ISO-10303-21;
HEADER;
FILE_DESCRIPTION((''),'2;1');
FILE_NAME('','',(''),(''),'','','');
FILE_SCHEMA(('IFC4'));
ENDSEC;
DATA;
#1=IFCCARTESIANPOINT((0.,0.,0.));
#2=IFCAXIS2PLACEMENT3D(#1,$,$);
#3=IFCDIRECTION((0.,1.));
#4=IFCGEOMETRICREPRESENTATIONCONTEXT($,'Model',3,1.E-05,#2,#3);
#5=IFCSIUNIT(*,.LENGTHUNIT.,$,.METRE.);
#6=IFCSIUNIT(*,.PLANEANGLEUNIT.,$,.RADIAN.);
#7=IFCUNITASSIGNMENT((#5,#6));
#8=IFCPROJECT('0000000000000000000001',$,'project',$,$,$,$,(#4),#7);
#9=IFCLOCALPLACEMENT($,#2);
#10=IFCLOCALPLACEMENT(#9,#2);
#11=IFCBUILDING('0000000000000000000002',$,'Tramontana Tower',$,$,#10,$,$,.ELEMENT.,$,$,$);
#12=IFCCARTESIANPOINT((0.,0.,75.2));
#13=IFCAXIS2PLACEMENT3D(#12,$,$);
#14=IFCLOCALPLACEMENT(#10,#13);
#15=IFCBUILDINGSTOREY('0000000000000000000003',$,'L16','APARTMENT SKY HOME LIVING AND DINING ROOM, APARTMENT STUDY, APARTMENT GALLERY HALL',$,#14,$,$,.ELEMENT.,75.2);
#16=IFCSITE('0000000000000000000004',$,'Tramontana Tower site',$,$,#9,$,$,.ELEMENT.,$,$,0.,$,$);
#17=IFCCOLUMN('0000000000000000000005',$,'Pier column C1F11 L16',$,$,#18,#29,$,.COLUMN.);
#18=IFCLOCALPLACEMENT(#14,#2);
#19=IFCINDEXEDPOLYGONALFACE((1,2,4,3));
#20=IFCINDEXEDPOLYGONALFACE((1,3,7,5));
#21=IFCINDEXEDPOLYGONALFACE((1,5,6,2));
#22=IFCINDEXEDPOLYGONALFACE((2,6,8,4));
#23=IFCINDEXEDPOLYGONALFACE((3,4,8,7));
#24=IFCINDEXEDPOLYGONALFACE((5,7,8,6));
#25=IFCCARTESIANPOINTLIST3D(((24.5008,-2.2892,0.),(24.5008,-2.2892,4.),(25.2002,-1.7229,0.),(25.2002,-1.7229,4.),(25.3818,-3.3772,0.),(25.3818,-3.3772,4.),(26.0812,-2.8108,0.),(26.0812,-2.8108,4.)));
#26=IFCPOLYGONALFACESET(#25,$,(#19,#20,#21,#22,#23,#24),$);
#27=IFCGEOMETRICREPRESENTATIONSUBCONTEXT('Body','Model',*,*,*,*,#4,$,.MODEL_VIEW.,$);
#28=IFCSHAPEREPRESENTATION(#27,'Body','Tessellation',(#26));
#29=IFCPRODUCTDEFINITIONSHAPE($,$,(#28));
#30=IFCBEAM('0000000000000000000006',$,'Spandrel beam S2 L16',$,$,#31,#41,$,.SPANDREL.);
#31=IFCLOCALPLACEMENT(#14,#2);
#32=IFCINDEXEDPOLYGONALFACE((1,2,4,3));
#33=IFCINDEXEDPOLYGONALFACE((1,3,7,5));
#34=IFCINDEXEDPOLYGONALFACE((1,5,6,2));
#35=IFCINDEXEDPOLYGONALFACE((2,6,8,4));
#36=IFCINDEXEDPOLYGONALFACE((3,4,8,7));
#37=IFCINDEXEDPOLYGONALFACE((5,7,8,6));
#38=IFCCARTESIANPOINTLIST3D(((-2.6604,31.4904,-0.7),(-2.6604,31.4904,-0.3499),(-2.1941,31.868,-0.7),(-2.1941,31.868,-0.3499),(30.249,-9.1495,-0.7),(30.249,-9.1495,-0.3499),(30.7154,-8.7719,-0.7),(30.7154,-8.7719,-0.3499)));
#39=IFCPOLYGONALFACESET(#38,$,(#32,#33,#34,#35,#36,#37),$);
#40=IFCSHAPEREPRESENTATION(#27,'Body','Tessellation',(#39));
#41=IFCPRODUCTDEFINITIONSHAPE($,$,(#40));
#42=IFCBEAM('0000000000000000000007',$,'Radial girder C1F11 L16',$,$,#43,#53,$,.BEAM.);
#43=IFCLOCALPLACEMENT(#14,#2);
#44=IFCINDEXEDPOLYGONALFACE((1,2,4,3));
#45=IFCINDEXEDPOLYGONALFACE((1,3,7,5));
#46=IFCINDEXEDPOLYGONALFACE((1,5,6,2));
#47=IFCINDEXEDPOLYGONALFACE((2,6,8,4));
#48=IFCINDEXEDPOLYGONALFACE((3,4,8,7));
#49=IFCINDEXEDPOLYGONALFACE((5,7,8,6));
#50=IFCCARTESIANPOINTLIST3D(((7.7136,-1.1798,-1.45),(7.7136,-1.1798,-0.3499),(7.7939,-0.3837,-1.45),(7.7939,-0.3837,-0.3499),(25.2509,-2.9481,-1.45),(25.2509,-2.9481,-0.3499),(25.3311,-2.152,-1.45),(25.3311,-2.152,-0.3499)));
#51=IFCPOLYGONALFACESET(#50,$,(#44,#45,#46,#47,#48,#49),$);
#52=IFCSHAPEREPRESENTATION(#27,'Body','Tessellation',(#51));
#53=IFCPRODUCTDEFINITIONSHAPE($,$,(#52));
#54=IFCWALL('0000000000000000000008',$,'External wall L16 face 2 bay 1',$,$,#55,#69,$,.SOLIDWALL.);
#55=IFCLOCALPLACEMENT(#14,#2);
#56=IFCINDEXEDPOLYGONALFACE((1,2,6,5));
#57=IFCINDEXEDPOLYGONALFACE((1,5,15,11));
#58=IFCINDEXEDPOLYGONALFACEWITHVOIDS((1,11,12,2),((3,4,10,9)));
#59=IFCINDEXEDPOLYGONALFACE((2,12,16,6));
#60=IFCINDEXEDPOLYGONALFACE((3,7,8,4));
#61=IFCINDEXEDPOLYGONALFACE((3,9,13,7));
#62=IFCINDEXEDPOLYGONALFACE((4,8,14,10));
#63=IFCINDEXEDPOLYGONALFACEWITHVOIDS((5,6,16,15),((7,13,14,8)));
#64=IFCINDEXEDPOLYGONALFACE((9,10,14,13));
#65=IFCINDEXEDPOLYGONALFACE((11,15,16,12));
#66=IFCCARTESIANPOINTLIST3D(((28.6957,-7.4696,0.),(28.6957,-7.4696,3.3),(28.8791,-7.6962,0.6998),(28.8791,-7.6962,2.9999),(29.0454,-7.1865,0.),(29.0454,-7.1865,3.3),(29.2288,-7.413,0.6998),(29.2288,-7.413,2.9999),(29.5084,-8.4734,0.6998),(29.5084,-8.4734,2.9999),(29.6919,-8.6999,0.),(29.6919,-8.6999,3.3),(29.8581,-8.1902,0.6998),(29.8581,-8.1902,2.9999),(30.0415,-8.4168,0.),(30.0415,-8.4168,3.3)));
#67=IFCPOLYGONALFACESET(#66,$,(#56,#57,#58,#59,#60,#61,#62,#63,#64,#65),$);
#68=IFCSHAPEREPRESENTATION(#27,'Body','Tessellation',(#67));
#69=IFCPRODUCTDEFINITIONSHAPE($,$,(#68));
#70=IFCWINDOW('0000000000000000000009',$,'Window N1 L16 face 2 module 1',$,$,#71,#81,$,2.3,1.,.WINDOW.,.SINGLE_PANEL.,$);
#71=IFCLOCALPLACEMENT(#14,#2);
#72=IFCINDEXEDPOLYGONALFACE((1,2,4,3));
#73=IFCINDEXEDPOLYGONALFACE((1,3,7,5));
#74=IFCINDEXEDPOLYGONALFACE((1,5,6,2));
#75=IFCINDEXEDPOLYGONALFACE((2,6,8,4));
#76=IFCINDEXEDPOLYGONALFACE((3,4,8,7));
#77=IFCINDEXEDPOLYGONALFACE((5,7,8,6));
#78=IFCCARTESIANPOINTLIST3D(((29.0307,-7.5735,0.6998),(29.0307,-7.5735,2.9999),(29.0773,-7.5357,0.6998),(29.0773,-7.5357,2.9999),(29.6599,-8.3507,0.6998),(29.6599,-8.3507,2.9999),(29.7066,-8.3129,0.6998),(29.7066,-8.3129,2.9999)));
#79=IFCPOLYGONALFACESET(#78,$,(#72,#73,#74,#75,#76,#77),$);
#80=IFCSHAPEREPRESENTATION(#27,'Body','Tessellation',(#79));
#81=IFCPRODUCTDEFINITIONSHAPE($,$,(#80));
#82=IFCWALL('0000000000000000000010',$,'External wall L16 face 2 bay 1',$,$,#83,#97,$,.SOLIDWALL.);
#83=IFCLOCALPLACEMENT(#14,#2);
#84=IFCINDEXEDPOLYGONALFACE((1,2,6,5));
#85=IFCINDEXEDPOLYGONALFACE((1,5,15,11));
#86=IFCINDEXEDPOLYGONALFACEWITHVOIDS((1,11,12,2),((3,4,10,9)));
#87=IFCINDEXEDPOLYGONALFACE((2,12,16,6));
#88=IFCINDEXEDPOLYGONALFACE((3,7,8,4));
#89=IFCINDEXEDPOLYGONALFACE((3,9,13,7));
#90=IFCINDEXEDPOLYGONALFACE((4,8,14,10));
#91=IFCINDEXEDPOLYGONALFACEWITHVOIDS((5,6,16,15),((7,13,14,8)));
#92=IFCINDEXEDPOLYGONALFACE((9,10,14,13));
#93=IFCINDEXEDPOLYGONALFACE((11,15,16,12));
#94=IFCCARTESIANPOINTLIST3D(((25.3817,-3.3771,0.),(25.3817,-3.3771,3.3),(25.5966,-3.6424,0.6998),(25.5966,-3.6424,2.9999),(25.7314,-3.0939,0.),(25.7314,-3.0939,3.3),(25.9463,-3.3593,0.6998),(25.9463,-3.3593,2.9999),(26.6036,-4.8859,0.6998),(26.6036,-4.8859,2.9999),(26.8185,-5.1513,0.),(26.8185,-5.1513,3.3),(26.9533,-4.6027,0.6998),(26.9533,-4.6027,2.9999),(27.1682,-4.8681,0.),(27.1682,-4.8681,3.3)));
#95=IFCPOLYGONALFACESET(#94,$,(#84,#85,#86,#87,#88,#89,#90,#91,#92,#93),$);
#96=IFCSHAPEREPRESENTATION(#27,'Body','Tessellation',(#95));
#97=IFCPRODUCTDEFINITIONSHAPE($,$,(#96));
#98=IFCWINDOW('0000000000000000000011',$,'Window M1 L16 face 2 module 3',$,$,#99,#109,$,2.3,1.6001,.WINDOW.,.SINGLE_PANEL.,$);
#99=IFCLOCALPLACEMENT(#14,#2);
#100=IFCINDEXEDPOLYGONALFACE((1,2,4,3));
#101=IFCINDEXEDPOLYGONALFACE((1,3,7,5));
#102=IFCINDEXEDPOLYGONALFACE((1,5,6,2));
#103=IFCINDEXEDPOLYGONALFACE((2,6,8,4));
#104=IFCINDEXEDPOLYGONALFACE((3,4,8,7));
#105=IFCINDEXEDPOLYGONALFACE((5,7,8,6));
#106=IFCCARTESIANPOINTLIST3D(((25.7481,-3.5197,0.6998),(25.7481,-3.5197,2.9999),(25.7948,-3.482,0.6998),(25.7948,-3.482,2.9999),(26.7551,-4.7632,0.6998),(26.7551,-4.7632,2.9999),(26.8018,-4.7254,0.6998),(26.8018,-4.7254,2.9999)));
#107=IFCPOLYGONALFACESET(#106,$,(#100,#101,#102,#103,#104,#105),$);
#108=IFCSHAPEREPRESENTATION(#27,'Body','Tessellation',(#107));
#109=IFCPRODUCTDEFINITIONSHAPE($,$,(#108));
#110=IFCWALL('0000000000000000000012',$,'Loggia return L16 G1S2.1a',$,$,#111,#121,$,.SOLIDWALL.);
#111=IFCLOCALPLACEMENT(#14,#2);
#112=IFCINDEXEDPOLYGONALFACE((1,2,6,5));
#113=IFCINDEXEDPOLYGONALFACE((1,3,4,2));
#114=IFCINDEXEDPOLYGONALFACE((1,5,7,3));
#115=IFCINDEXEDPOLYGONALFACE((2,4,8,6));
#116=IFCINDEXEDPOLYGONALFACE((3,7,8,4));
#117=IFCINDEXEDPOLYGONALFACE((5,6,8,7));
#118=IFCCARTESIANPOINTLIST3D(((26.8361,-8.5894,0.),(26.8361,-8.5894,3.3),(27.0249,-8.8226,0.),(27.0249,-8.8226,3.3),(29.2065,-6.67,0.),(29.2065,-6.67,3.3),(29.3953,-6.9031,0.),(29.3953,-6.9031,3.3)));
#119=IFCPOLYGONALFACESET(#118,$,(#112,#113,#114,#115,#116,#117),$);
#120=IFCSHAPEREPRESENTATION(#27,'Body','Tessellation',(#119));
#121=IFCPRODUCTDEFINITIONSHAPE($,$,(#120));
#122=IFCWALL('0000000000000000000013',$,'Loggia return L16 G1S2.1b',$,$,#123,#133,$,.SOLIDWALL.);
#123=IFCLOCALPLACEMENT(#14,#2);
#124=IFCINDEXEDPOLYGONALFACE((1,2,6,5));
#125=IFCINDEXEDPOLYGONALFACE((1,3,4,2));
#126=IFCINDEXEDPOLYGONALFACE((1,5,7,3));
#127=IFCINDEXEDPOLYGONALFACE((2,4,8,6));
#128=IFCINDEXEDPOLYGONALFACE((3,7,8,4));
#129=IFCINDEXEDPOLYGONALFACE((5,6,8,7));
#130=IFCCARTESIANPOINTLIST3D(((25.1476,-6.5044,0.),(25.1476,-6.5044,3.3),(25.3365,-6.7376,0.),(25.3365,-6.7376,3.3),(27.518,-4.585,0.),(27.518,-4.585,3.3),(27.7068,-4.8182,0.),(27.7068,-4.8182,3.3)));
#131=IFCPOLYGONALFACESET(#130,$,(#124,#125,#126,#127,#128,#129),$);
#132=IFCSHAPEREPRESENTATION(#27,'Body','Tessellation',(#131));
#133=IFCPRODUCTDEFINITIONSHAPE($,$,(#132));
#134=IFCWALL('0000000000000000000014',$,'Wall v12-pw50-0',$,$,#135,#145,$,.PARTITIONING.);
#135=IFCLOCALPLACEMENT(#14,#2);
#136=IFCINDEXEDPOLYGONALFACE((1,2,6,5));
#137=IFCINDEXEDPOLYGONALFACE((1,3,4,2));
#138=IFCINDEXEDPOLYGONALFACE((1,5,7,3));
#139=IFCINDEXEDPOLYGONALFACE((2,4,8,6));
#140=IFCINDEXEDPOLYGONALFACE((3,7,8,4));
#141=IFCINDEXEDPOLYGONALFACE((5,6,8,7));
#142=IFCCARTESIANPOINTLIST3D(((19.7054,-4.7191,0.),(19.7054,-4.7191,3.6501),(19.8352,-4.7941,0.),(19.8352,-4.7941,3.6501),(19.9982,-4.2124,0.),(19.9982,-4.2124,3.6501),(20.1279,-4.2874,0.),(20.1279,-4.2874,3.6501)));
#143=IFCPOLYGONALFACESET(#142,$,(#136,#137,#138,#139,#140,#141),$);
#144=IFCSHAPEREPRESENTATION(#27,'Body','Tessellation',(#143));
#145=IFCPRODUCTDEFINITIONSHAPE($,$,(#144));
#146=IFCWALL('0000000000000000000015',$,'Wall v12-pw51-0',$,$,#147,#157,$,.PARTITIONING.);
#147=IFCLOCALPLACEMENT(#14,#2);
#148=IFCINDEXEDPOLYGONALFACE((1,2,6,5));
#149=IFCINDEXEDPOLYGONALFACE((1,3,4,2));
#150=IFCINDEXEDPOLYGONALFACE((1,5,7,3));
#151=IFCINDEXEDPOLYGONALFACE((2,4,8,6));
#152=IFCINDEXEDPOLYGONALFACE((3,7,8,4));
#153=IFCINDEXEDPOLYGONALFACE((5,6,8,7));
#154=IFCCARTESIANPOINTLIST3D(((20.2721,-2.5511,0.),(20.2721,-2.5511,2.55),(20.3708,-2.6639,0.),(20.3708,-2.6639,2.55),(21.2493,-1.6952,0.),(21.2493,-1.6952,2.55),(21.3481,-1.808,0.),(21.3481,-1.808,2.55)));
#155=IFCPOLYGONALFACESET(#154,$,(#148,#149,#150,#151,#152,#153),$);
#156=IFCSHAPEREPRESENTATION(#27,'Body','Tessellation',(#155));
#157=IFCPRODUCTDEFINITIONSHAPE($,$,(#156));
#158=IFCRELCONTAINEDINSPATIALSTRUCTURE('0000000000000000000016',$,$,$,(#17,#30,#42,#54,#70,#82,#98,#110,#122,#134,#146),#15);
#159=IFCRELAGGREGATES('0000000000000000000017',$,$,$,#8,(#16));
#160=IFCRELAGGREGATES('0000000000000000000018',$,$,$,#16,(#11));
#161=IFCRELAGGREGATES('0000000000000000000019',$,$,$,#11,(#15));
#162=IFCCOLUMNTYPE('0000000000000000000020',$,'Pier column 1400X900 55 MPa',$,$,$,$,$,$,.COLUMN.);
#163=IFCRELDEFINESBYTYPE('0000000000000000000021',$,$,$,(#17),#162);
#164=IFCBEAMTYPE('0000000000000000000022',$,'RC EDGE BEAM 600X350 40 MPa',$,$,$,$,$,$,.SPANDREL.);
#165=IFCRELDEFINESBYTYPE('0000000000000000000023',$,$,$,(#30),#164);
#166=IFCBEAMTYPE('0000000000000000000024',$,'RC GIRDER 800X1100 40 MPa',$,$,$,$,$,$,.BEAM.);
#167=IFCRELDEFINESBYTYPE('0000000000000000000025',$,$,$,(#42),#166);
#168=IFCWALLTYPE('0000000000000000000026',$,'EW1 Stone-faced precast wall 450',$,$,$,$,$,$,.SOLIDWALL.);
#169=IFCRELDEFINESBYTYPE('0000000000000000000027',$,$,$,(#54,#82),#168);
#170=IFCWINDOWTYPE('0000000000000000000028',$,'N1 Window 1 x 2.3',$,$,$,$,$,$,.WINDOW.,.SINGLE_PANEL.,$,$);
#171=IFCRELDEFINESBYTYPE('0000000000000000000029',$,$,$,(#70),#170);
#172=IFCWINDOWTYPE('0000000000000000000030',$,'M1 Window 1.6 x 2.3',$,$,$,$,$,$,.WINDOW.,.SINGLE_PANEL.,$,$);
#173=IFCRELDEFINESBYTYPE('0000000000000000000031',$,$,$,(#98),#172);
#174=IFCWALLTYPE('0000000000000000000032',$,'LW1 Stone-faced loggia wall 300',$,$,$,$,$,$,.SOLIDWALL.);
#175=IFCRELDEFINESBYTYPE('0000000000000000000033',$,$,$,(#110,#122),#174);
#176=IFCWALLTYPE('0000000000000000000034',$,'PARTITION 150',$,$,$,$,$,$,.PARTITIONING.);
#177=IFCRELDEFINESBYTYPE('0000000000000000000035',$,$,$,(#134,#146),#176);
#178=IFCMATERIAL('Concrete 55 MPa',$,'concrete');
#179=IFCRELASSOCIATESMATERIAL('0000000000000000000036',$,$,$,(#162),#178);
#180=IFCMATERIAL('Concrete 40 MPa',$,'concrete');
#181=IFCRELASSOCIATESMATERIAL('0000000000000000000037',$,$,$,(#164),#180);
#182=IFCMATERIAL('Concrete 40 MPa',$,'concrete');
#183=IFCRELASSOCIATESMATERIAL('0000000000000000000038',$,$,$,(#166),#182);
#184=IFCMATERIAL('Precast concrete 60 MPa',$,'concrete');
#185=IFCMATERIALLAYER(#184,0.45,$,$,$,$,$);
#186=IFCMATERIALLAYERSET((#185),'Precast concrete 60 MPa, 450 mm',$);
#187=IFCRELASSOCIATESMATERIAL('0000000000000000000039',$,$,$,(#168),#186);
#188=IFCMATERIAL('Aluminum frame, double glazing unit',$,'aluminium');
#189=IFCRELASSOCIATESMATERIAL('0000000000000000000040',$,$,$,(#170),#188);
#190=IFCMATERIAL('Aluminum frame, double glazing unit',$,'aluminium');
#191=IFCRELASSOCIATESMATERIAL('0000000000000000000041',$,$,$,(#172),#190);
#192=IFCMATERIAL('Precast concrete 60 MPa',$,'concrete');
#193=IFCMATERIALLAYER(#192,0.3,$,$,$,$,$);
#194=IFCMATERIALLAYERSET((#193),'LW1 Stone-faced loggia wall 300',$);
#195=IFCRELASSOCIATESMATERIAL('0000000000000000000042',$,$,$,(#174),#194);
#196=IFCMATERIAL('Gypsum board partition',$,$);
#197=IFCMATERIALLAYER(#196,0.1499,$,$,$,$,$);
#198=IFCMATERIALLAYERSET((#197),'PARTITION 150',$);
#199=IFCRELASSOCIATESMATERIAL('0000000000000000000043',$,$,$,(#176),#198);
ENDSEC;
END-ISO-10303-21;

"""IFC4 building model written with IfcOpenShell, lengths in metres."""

from ifc_helpers import new_model, si_unit, direction, frame, frame_2d, origin, origin_2d, place, context, subcontext, project, spatial, rectangle, extrude, material, layer, layer_set, material_profile, profile_set, type_object, element, fill, save


model = new_model("IFC4")

# Units and contexts
model_context = context("Model", 3, precision=1e-05, world=origin(), true_north=direction((0.0, 1.0)))
body_context = subcontext(model_context, "Body", "Model", "MODEL_VIEW")
ifc_project = project(units=[si_unit("LENGTHUNIT", "METRE"), si_unit("PLANEANGLEUNIT", "RADIAN")], contexts=[model_context])

# Site, building, storey
site_placement = place(None, origin())
site = spatial("IfcSite", under=ifc_project, at=site_placement, Name="Tramontana Tower site", CompositionType="ELEMENT", RefElevation=0.0)
building_placement = place(site_placement, origin())
building = spatial("IfcBuilding", under=site, at=building_placement, Name="Tramontana Tower", CompositionType="ELEMENT")
storey_placement = place(building_placement, frame((0.0, 0.0, 75.2)))
storey = spatial("IfcBuildingStorey", under=building, at=storey_placement, Name="L16", Description="APARTMENT SKY HOME LIVING AND DINING ROOM, APARTMENT STUDY, APARTMENT GALLERY HALL", CompositionType="ELEMENT", Elevation=75.2)

# Column
ifc_material_1 = material(Name="Concrete 55 MPa", Category="concrete")
ifc_material_profile_1 = material_profile(ifc_material_1, rectangle(XDim=1.3999, YDim=0.8999, at=origin_2d()), Name="Pier column 1400X900 55 MPa")
ifc_profile_set_1 = profile_set([ifc_material_profile_1], Name="Concrete 55 MPa")
column_type = type_object("IfcColumnType", Name="Pier column 1400X900 55 MPa", PredefinedType="COLUMN", material=ifc_profile_set_1)
column_placement = place(storey_placement, frame((25.291, -2.55, 0.0), z_axis=(0.0, 0.0, 1.0), x_axis=(-0.62932, 0.777146, 0.0)))
element("IfcColumn", 1, at=column_placement, inside=storey, type_object=column_type, Name="Pier column C1F11 L16", PredefinedType="COLUMN", context=body_context, shape_type="SweptSolid", body=[
    extrude(rectangle(XDim=1.3999, YDim=0.8999, at=origin_2d()), origin(), (0.0, 0.0, 1.0), 4.0),
])

# Beams
ifc_material_2 = material(Name="Concrete 40 MPa", Category="concrete")
ifc_material_profile_2 = material_profile(ifc_material_2, rectangle(XDim=0.6001, YDim=0.3501, at=origin_2d()), Name="RC EDGE BEAM 600X350 40 MPa")
ifc_profile_set_2 = profile_set([ifc_material_profile_2], Name="Concrete 40 MPa")
beam_type_1 = type_object("IfcBeamType", Name="RC EDGE BEAM 600X350 40 MPa", PredefinedType="SPANDREL", material=ifc_profile_set_2)
beam_1_placement = place(storey_placement, frame((30.4822, -8.9607, -0.5249), z_axis=(-0.629319, 0.777147, 0.0), x_axis=(-0.777147, -0.629319, 0.0)))
element("IfcBeam", 2, at=beam_1_placement, inside=storey, type_object=beam_type_1, Name="Spandrel beam S2 L16", PredefinedType="SPANDREL", context=body_context, shape_type="SweptSolid", body=[
    extrude(rectangle(XDim=0.6001, YDim=0.3501, at=origin_2d()), origin(), (0.0, 0.0, 1.0), 52.2937),
])
ifc_material_3 = material(Name="Concrete 40 MPa", Category="concrete")
ifc_material_profile_3 = material_profile(ifc_material_3, rectangle(XDim=0.8, YDim=1.1001, at=origin_2d()), Name="RC GIRDER 800X1100 40 MPa")
ifc_profile_set_3 = profile_set([ifc_material_profile_3], Name="Concrete 40 MPa")
beam_type_2 = type_object("IfcBeamType", Name="RC GIRDER 800X1100 40 MPa", PredefinedType="BEAM", material=ifc_profile_set_3)
beam_2_placement = place(storey_placement, frame((25.291, -2.55, -0.8999), z_axis=(-0.994955, 0.100322, 0.0), x_axis=(-0.100322, -0.994955, 0.0)))
element("IfcBeam", 3, at=beam_2_placement, inside=storey, type_object=beam_type_2, Name="Radial girder C1F11 L16", PredefinedType="BEAM", context=body_context, shape_type="SweptSolid", body=[
    extrude(rectangle(XDim=0.8, YDim=1.1001, at=origin_2d()), origin(), (0.0, 0.0, 1.0), 17.6262),
])

# Walls, openings, windows
ifc_material_4 = material(Name="Precast concrete 60 MPa", Category="concrete")
ifc_layer_1 = layer(ifc_material_4, 0.45)
ifc_layer_set_1 = layer_set([ifc_layer_1], Name="Precast concrete 60 MPa, 450 mm")
wall_type_1 = type_object("IfcWallType", Name="EW1 Stone-faced precast wall 450", PredefinedType="SOLIDWALL", material=ifc_layer_set_1)
wall_1_placement = place(storey_placement, frame((29.8667, -8.5583, 0.0), z_axis=(0.0, 0.0, 1.0), x_axis=(-0.629274, 0.777184, 0.0)))
wall_1 = element("IfcWall", 4, at=wall_1_placement, inside=storey, type_object=wall_type_1, Name="External wall L16 face 2 bay 1", PredefinedType="SOLIDWALL", context=body_context, shape_type="SweptSolid", body=[
    extrude(rectangle(XDim=1.583, YDim=0.45, at=frame_2d((0.7915, 0.0))), origin(), (0.0, 0.0, 1.0), 3.3),
])
opening_1_placement = place(wall_1_placement, frame((0.2915, 0.0, 0.7)))
opening_1 = element("IfcOpeningElement", 5, at=opening_1_placement, cuts=wall_1, PredefinedType="OPENING", context=body_context, shape_type="SweptSolid", body=[
    extrude(rectangle(XDim=1.0, YDim=2.3, at=frame_2d((0.5, 1.1499))), frame((0.0, 0.2349, 0.0), z_axis=(0.0, -1.0, 0.0), x_axis=(1.0, 0.0, 0.0)), (0.0, 0.0, 1.0), 0.47),
])
ifc_material_5 = material(Name="Aluminum frame, double glazing unit", Category="aluminium")
window_type_1 = type_object("IfcWindowType", Name="N1 Window 1 x 2.3", PartitioningType="SINGLE_PANEL", PredefinedType="WINDOW", material=ifc_material_5)
window_1_placement = place(opening_1_placement, origin())
window_1 = element("IfcWindow", 6, at=window_1_placement, inside=storey, type_object=window_type_1, Name="Window N1 L16 face 2 module 1", OverallHeight=2.3, OverallWidth=1.0, PartitioningType="SINGLE_PANEL", PredefinedType="WINDOW", context=body_context, shape_type="SweptSolid", body=[
    extrude(rectangle(XDim=1.0, YDim=2.3, at=frame_2d((0.5, 1.1499))), frame((0.0, 0.03, 0.0), z_axis=(0.0, -1.0, 0.0), x_axis=(1.0, 0.0, 0.0)), (0.0, 0.0, 1.0), 0.0601),
])
fill(opening_1, window_1)
wall_2_placement = place(storey_placement, frame((26.9934, -5.0098, 0.0), z_axis=(0.0, 0.0, 1.0), x_axis=(-0.62934, 0.77713, 0.0)))
wall_2 = element("IfcWall", 7, at=wall_2_placement, inside=storey, type_object=wall_type_1, Name="External wall L16 face 2 bay 1", PredefinedType="SOLIDWALL", context=body_context, shape_type="SweptSolid", body=[
    extrude(rectangle(XDim=2.283, YDim=0.45, at=frame_2d((1.1416, 0.0))), origin(), (0.0, 0.0, 1.0), 3.3),
])
opening_2_placement = place(wall_2_placement, frame((0.3416, 0.0, 0.7)))
opening_2 = element("IfcOpeningElement", 8, at=opening_2_placement, cuts=wall_2, PredefinedType="OPENING", context=body_context, shape_type="SweptSolid", body=[
    extrude(rectangle(XDim=1.6001, YDim=2.3, at=frame_2d((0.8, 1.1499))), frame((0.0, 0.2349, 0.0), z_axis=(0.0, -1.0, 0.0), x_axis=(1.0, 0.0, 0.0)), (0.0, 0.0, 1.0), 0.47),
])
ifc_material_6 = material(Name="Aluminum frame, double glazing unit", Category="aluminium")
window_type_2 = type_object("IfcWindowType", Name="M1 Window 1.6 x 2.3", PartitioningType="SINGLE_PANEL", PredefinedType="WINDOW", material=ifc_material_6)
window_2_placement = place(opening_2_placement, origin())
window_2 = element("IfcWindow", 9, at=window_2_placement, inside=storey, type_object=window_type_2, Name="Window M1 L16 face 2 module 3", OverallHeight=2.3, OverallWidth=1.6001, PartitioningType="SINGLE_PANEL", PredefinedType="WINDOW", context=body_context, shape_type="SweptSolid", body=[
    extrude(rectangle(XDim=1.6001, YDim=2.3, at=frame_2d((0.8, 1.1499))), frame((0.0, 0.03, 0.0), z_axis=(0.0, -1.0, 0.0), x_axis=(1.0, 0.0, 0.0)), (0.0, 0.0, 1.0), 0.0601),
])
fill(opening_2, window_2)

# Shared definitions
ifc_material_7 = material(Name="Precast concrete 60 MPa", Category="concrete")
ifc_layer_2 = layer(ifc_material_7, 0.3)
ifc_layer_set_2 = layer_set([ifc_layer_2], Name="LW1 Stone-faced loggia wall 300")
wall_type_2 = type_object("IfcWallType", Name="LW1 Stone-faced loggia wall 300", PredefinedType="SOLIDWALL", material=ifc_layer_set_2)

# Walls
for number, where, z_axis, x_axis, name in (
    (10, (29.3008, -6.7866, 0.0), (0.0, 0.0, 1.0), (-0.777154, -0.629311, 0.0), "Loggia return L16 G1S2.1a"),
    (11, (27.6123, -4.7017, 0.0), (0.0, 0.0, 1.0), (-0.777154, -0.629311, 0.0), "Loggia return L16 G1S2.1b"),
):
    element("IfcWall", number, at=place(storey_placement, frame(where, z_axis=z_axis, x_axis=x_axis)), inside=storey, type_object=wall_type_2, Name=name, PredefinedType="SOLIDWALL", context=body_context, shape_type="SweptSolid", body=[
        extrude(rectangle(XDim=3.05, YDim=0.3, at=frame_2d((1.5249, 0.0))), origin(), (0.0, 0.0, 1.0), 3.3),
    ])
ifc_material_8 = material(Name="Gypsum board partition")
ifc_layer_3 = layer(ifc_material_8, 0.1499)
ifc_layer_set_3 = layer_set([ifc_layer_3], Name="PARTITION 150")
wall_type_3 = type_object("IfcWallType", Name="PARTITION 150", PredefinedType="PARTITIONING", material=ifc_layer_set_3)
wall_3_placement = place(storey_placement, frame((20.063, -4.25, 0.0), z_axis=(0.0, 0.0, 1.0), x_axis=(-0.500312, -0.865845, 0.0)))
element("IfcWall", 12, at=wall_3_placement, inside=storey, type_object=wall_type_3, Name="Wall v12-pw50-0", PredefinedType="PARTITIONING", context=body_context, shape_type="SweptSolid", body=[
    extrude(rectangle(XDim=0.5852, YDim=0.1499, at=frame_2d((0.2925, 0.0))), origin(), (0.0, 0.0, 1.0), 3.6501),
])

# Wall
wall_4_placement = place(storey_placement, frame((20.3215, -2.6074, 0.0), z_axis=(0.0, 0.0, 1.0), x_axis=(0.752262, 0.658864, 0.0)))
element("IfcWall", 13, at=wall_4_placement, inside=storey, type_object=wall_type_3, Name="Wall v12-pw51-0", PredefinedType="PARTITIONING", context=body_context, shape_type="SweptSolid", body=[
    extrude(rectangle(XDim=1.2991, YDim=0.1499, at=frame_2d((0.6494, 0.0))), origin(), (0.0, 0.0, 1.0), 2.55),
])

save(model, "model.ifc")
